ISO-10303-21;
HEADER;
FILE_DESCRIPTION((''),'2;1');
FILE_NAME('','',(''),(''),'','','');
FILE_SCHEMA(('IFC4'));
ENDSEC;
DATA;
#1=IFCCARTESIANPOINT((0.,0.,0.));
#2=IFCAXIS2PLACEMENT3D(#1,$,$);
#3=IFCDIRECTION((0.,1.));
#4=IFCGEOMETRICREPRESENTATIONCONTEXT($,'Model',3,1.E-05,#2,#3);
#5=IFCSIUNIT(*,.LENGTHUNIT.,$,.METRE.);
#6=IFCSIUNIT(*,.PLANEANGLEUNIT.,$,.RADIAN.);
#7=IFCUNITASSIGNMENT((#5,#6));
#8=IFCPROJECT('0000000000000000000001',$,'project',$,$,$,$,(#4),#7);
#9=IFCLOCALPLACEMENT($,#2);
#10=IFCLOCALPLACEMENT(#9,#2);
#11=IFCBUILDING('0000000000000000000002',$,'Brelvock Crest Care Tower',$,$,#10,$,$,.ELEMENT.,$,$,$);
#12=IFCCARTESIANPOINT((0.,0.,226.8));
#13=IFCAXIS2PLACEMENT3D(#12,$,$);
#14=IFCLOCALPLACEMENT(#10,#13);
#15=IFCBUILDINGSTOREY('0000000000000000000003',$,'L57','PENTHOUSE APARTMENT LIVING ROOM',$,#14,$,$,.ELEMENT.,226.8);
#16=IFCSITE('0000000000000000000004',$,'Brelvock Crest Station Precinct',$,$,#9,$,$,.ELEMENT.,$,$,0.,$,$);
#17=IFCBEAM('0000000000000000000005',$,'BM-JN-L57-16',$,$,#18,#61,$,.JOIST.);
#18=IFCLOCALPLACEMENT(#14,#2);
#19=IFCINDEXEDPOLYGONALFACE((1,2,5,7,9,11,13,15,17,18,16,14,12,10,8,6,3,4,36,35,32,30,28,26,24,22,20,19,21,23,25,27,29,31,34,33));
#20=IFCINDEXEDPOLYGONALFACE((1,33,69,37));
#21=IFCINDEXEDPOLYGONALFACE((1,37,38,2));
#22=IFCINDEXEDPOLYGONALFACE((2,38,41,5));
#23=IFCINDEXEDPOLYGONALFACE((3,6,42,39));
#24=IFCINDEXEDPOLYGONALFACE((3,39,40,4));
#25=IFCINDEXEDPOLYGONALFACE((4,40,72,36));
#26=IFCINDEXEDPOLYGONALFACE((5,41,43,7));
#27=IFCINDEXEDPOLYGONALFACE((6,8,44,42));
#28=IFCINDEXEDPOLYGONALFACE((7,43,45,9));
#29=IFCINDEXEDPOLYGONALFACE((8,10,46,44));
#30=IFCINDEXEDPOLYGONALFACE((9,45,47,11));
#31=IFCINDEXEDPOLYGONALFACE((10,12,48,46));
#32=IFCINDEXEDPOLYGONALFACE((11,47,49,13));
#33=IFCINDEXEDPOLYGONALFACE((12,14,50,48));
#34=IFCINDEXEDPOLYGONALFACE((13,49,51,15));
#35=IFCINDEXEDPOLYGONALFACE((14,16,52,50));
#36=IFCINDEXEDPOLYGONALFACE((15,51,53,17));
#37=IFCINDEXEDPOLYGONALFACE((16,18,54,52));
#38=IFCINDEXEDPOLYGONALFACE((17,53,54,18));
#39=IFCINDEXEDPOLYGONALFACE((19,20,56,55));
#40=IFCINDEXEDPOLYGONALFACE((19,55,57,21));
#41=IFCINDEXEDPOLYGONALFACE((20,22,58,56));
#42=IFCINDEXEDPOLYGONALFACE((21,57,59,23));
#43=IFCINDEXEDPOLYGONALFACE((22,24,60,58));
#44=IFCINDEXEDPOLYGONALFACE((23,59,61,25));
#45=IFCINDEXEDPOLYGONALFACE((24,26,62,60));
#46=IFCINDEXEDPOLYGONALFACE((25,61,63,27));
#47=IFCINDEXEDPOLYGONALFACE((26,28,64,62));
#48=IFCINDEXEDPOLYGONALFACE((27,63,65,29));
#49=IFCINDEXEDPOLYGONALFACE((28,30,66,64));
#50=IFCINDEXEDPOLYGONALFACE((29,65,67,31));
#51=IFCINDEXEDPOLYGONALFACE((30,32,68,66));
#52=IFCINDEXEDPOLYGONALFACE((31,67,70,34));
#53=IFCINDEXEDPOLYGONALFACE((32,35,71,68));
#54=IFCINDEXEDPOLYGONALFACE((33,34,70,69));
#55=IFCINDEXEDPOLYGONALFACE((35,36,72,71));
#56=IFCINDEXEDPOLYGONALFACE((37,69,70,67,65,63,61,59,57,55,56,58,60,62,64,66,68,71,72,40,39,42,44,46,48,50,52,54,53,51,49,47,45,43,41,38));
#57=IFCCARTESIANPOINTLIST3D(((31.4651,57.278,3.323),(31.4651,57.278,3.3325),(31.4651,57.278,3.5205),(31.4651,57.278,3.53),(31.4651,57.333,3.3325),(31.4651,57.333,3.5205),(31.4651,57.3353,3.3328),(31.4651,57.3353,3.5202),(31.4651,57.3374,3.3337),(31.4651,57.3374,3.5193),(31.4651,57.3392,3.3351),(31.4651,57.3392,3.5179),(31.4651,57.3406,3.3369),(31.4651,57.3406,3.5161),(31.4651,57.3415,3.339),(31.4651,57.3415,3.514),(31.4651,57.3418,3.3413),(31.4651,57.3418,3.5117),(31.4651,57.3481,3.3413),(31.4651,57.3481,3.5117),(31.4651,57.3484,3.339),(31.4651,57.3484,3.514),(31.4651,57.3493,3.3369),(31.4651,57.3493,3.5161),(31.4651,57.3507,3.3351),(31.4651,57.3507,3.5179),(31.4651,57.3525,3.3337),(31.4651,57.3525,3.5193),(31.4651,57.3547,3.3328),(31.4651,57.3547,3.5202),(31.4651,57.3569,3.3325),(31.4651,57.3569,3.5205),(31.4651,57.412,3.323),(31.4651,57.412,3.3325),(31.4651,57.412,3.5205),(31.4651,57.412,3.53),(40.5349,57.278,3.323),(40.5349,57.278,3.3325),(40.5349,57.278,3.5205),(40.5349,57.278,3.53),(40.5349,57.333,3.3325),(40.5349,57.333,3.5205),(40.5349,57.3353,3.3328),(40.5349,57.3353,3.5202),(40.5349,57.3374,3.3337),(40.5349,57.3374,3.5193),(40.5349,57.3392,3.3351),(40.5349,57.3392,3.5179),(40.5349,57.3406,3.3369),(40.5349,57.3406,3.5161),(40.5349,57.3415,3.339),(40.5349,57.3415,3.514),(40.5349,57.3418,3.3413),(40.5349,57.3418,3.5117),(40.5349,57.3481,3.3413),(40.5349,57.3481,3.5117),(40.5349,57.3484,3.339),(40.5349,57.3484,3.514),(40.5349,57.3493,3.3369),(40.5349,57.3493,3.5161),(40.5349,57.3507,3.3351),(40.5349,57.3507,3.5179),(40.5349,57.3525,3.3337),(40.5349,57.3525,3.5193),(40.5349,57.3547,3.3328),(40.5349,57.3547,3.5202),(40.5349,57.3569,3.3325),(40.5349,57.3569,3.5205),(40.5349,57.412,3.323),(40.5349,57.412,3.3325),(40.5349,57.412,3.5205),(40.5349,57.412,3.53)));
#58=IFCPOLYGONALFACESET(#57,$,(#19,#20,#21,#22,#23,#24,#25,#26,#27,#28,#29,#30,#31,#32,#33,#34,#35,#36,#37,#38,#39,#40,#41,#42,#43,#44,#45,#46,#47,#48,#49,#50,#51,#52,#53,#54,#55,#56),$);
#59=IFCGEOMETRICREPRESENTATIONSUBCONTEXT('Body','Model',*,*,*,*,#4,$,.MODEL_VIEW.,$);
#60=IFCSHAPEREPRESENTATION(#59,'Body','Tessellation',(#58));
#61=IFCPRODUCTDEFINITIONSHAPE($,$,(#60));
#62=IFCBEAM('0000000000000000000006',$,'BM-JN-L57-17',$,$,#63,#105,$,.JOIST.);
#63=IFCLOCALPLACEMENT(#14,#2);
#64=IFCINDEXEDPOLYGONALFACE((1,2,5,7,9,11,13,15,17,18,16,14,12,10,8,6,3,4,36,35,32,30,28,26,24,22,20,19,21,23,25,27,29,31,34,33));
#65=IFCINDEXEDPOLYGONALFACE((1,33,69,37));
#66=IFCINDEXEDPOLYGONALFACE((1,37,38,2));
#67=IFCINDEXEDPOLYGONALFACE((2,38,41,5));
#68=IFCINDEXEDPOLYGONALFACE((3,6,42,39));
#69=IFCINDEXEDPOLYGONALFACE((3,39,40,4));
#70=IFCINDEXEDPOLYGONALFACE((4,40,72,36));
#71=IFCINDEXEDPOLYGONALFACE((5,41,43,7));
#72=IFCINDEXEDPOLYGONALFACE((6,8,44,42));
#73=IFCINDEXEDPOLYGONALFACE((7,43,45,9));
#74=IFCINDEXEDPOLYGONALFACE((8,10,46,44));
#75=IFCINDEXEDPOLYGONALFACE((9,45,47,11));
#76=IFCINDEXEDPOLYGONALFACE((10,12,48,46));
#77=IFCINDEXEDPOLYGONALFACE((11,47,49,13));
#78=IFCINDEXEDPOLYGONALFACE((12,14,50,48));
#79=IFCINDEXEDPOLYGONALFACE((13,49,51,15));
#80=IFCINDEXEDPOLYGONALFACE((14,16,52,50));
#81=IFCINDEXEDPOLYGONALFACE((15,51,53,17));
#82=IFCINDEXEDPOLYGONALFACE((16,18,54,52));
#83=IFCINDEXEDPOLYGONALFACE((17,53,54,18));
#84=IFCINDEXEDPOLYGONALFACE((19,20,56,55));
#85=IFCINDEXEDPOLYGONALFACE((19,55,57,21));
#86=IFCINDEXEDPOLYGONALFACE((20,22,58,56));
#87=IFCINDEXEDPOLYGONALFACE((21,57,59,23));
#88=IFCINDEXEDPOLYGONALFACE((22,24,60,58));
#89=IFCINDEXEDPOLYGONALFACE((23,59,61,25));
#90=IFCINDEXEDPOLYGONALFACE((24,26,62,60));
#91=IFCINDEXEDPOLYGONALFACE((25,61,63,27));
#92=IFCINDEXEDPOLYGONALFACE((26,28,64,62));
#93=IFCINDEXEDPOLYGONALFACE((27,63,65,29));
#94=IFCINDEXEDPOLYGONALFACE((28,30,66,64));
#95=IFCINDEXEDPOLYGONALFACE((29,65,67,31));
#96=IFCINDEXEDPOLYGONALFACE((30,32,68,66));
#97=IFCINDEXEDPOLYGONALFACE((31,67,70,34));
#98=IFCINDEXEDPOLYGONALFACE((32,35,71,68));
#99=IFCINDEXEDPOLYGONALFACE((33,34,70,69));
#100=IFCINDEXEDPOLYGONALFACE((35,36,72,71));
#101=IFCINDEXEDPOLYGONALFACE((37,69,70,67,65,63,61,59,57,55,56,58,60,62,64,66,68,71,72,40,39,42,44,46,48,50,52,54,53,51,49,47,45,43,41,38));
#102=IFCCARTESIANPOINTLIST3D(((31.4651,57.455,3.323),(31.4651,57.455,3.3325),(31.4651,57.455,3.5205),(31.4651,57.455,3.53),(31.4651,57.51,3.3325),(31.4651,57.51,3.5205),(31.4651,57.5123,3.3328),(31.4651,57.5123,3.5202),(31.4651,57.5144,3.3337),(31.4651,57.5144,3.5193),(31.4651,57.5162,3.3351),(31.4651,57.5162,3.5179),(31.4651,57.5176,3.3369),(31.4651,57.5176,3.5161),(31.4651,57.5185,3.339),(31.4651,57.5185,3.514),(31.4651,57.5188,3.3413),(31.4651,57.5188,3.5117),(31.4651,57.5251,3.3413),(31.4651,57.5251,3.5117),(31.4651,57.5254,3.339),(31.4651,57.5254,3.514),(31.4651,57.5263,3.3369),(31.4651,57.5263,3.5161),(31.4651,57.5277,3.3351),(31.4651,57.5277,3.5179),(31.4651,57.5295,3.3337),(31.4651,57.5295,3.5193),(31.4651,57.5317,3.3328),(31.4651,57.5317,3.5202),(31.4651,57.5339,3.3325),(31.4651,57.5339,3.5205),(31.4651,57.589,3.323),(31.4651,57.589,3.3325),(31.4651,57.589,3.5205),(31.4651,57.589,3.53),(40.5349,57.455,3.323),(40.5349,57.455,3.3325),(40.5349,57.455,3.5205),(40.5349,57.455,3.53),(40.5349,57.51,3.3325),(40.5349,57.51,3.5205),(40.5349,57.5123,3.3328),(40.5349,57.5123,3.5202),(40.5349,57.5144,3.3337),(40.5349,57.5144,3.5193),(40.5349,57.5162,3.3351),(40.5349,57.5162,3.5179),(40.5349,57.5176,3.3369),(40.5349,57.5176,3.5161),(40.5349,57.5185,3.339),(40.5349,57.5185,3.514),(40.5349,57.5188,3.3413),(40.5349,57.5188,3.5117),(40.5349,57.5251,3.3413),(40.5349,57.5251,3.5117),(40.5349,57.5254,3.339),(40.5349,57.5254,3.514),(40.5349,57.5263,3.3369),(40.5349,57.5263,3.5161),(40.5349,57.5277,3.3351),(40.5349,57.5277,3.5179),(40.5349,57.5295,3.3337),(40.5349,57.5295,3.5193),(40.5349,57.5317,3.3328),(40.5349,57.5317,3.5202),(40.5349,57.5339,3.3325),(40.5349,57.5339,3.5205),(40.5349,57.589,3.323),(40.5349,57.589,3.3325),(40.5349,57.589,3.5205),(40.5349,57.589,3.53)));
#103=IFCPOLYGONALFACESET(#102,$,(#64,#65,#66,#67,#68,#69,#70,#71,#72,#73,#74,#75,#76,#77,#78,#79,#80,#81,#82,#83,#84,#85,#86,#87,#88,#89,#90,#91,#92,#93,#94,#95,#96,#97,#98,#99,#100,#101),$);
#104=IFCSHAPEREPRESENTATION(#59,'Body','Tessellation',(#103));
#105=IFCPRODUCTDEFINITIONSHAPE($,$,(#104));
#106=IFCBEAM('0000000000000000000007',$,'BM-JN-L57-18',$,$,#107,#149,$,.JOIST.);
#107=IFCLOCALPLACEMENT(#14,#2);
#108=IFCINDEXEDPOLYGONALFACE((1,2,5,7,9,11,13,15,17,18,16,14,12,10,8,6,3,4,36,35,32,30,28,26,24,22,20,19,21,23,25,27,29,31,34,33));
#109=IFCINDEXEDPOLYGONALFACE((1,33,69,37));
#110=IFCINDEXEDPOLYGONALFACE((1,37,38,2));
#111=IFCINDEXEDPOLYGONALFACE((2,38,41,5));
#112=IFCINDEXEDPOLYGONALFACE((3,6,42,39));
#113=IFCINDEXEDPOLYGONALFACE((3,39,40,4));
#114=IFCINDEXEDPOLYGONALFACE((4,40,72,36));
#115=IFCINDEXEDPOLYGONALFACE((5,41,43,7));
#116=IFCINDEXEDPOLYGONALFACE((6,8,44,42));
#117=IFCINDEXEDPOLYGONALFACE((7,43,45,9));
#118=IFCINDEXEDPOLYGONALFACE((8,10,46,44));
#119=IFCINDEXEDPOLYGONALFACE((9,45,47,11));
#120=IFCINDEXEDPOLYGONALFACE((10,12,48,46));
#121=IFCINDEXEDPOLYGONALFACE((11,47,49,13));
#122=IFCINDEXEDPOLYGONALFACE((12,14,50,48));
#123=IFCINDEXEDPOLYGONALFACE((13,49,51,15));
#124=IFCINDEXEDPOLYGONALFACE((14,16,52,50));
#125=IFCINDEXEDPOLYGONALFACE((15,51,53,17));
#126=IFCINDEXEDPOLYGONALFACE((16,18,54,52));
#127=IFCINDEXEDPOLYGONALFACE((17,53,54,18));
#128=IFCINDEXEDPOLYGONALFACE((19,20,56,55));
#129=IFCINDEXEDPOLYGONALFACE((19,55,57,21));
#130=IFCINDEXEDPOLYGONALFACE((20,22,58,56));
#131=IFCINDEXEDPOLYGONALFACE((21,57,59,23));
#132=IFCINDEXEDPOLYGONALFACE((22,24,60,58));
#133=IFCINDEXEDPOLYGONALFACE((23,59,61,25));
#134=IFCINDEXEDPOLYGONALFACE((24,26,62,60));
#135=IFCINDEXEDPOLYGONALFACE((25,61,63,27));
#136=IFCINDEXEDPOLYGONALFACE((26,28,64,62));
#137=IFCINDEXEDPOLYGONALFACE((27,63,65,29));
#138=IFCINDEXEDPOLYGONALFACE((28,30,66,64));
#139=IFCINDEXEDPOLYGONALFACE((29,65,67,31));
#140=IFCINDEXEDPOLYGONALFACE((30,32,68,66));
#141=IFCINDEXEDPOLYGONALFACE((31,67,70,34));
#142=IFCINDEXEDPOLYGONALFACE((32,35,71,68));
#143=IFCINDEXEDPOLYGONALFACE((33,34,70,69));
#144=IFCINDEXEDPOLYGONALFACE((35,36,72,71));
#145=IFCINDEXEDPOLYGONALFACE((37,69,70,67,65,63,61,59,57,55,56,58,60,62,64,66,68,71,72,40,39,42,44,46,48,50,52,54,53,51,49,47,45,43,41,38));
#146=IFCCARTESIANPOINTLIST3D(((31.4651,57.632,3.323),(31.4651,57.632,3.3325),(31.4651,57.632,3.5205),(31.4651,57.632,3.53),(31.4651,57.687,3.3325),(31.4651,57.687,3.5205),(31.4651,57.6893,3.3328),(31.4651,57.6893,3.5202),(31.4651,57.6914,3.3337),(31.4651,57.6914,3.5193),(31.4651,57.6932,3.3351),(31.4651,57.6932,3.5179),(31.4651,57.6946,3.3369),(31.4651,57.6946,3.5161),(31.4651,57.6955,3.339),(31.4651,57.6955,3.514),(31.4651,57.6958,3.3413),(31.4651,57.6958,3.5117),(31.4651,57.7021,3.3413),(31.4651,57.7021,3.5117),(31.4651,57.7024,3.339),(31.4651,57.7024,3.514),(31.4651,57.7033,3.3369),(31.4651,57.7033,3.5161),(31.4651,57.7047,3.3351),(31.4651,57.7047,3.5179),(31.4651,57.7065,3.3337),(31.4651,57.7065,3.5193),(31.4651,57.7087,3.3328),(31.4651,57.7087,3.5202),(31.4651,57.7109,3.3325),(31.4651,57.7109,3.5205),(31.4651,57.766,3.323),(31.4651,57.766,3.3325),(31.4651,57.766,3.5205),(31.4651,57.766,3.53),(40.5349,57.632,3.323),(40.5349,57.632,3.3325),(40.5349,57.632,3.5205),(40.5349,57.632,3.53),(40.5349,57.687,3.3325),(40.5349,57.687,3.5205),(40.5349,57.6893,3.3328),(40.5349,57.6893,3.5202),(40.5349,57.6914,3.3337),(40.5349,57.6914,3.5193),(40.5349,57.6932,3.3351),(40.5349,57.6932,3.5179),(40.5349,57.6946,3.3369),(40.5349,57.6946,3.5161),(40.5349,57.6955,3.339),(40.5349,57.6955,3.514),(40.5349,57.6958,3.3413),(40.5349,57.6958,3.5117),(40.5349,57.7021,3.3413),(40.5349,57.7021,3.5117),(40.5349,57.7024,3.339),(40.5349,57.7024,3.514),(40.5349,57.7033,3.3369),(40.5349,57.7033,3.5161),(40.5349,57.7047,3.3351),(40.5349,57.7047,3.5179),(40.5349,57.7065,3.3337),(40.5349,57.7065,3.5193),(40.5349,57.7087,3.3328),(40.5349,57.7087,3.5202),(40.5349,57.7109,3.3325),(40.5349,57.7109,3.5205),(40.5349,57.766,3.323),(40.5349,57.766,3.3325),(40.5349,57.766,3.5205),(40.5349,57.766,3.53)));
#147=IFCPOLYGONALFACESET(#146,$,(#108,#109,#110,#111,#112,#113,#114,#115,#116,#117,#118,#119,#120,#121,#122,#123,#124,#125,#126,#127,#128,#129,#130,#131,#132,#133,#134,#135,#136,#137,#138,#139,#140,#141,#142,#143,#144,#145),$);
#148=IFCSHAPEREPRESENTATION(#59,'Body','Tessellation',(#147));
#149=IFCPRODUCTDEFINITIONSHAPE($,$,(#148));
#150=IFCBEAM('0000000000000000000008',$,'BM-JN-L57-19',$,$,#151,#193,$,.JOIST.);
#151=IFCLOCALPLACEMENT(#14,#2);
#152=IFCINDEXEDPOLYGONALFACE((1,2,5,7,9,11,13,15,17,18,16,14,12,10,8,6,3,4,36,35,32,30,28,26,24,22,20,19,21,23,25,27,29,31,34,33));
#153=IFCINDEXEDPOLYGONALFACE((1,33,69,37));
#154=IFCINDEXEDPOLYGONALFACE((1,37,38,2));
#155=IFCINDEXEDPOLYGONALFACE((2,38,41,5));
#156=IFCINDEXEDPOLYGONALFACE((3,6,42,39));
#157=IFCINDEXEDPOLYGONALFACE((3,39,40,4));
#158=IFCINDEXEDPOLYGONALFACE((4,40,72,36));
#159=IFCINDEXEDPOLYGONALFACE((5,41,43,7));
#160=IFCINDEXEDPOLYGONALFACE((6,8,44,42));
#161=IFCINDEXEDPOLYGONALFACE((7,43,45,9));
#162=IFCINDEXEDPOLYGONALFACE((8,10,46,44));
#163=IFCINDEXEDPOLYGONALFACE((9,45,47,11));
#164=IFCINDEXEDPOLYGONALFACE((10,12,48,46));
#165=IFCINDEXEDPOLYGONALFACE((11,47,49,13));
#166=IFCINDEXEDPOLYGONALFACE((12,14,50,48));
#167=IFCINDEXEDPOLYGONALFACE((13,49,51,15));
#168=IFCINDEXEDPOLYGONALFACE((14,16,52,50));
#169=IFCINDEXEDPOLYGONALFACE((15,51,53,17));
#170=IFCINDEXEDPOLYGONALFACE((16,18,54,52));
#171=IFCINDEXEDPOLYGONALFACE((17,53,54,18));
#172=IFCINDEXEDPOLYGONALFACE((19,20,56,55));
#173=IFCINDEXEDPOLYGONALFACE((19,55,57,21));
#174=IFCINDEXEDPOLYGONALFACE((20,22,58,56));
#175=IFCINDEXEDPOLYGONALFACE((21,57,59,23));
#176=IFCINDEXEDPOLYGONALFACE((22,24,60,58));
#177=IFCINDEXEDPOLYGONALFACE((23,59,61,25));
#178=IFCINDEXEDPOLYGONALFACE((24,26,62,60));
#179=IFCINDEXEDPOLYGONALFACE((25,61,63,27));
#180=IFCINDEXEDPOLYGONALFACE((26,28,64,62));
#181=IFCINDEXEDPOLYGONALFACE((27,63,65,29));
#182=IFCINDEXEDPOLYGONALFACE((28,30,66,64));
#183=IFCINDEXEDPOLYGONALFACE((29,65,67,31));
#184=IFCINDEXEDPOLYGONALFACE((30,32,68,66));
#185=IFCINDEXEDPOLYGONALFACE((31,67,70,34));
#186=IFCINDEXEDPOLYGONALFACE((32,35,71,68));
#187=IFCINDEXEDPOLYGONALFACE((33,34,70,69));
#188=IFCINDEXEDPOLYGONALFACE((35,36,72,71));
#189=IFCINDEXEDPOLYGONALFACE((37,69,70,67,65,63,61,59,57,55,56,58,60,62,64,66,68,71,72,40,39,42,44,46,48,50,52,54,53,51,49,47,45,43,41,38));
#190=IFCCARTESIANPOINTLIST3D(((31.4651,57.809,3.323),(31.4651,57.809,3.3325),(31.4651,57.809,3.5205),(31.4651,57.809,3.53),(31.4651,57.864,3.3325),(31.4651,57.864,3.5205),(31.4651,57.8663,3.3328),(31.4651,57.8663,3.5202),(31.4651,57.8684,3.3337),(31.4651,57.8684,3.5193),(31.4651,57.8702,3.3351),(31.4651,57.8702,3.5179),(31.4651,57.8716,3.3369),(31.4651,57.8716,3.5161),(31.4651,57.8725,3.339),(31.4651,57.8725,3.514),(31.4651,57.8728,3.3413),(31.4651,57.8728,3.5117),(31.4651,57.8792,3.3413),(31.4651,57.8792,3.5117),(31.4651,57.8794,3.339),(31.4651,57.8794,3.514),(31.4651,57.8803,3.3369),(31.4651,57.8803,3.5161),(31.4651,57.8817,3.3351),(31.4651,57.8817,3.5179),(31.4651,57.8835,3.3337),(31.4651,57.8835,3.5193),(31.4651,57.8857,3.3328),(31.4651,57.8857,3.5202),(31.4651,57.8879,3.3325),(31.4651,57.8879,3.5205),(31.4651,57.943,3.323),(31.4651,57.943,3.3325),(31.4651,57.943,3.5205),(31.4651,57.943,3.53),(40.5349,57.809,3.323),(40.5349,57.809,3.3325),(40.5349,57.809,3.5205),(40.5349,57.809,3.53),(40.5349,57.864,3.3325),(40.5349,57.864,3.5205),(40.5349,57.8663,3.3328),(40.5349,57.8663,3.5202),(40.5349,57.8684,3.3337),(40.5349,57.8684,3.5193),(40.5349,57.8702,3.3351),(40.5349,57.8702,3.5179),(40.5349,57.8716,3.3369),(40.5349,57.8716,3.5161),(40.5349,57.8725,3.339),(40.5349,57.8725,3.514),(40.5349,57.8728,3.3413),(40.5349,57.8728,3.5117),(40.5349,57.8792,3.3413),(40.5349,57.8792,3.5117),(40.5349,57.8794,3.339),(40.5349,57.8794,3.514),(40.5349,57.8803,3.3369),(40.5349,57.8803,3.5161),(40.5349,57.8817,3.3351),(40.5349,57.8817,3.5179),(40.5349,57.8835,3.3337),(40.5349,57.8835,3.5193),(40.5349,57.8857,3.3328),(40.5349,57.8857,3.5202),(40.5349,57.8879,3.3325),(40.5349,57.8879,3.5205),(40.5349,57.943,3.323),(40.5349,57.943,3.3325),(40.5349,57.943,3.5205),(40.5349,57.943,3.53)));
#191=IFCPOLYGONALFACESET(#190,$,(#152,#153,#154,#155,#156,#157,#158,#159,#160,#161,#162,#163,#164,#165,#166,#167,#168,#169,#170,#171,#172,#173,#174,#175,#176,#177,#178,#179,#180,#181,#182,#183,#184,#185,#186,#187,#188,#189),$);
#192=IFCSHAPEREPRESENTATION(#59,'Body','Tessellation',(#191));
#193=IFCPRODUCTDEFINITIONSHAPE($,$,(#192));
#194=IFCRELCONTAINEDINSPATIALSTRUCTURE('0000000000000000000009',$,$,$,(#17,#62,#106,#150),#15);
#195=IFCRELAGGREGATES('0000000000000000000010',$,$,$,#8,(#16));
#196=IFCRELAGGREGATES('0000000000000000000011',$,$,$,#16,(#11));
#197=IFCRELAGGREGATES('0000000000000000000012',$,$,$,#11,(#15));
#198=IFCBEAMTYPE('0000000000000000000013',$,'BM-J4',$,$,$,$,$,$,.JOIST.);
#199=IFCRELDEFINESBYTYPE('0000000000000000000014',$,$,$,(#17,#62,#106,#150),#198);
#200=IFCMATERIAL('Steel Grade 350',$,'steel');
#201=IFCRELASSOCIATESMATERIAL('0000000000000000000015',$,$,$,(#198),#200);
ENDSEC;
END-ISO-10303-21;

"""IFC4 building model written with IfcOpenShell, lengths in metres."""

from ifc_helpers import new_model, si_unit, direction, frame, origin, origin_2d, place, context, subcontext, project, spatial, i_section, extrude, source, transform, mapped, material, material_profile, profile_set, type_object, element, save


model = new_model("IFC4")

# Units and contexts
model_context = context("Model", 3, precision=1e-05, world=origin(), true_north=direction((0.0, 1.0)))
body_context = subcontext(model_context, "Body", "Model", "MODEL_VIEW")
ifc_project = project(units=[si_unit("LENGTHUNIT", "METRE"), si_unit("PLANEANGLEUNIT", "RADIAN")], contexts=[model_context])

# Site, building, storey
site_placement = place(None, origin())
site = spatial("IfcSite", under=ifc_project, at=site_placement, Name="Brelvock Crest Station Precinct", CompositionType="ELEMENT", RefElevation=0.0)
building_placement = place(site_placement, origin())
building = spatial("IfcBuilding", under=site, at=building_placement, Name="Brelvock Crest Care Tower", CompositionType="ELEMENT")
storey_placement = place(building_placement, frame((0.0, 0.0, 226.8)))
storey = spatial("IfcBuildingStorey", under=building, at=storey_placement, Name="L57", Description="PENTHOUSE APARTMENT LIVING ROOM", CompositionType="ELEMENT", Elevation=226.8)

# Shared definitions
ifc_material_1 = material(Name="Steel Grade 350", Category="steel")

# Beams
ifc_material_profile_1 = material_profile(ifc_material_1, i_section(OverallWidth=0.134, OverallDepth=0.207, WebThickness=0.0063, FlangeThickness=0.0095, FilletRadius=0.0088, at=origin_2d()), Name="200UB29.8")
ifc_profile_set_1 = profile_set([ifc_material_profile_1], Name="Steel Grade 350")
beam_type_1 = type_object("IfcBeamType", Name="BM-J4", PredefinedType="JOIST", material=ifc_profile_set_1)
shared_shape_1 = source(origin(), body_context, "Body", "SweptSolid", [
    extrude(i_section(OverallWidth=0.134, OverallDepth=0.207, WebThickness=0.0063, FlangeThickness=0.0095, FilletRadius=0.0088, at=origin_2d()), origin(), (0.0, 0.0, 1.0), 9.0698),
])
for number, where, z_axis, x_axis, name in (
    (1, (31.4651, 57.345, 3.4265), (1.0, 0.0, 0.0), (0.0, 1.0, 0.0), "BM-JN-L57-16"),
    (2, (31.4651, 57.522, 3.4265), (1.0, 0.0, 0.0), (0.0, 1.0, 0.0), "BM-JN-L57-17"),
    (3, (31.4651, 57.699, 3.4265), (1.0, 0.0, 0.0), (0.0, 1.0, 0.0), "BM-JN-L57-18"),
    (4, (31.4651, 57.876, 3.4265), (1.0, 0.0, 0.0), (0.0, 1.0, 0.0), "BM-JN-L57-19"),
):
    element("IfcBeam", number, at=place(storey_placement, frame(where, z_axis=z_axis, x_axis=x_axis)), inside=storey, type_object=beam_type_1, Name=name, PredefinedType="JOIST", context=body_context, shape_type="MappedRepresentation", body=[
        mapped(shared_shape_1, transform((0.0, 0.0, 0.0), x_axis=(1.0, 0.0, 0.0), y_axis=(0.0, 1.0, 0.0), z_axis=(0.0, 0.0, 1.0), scale=1.0)),
    ])

save(model, "model.ifc")
